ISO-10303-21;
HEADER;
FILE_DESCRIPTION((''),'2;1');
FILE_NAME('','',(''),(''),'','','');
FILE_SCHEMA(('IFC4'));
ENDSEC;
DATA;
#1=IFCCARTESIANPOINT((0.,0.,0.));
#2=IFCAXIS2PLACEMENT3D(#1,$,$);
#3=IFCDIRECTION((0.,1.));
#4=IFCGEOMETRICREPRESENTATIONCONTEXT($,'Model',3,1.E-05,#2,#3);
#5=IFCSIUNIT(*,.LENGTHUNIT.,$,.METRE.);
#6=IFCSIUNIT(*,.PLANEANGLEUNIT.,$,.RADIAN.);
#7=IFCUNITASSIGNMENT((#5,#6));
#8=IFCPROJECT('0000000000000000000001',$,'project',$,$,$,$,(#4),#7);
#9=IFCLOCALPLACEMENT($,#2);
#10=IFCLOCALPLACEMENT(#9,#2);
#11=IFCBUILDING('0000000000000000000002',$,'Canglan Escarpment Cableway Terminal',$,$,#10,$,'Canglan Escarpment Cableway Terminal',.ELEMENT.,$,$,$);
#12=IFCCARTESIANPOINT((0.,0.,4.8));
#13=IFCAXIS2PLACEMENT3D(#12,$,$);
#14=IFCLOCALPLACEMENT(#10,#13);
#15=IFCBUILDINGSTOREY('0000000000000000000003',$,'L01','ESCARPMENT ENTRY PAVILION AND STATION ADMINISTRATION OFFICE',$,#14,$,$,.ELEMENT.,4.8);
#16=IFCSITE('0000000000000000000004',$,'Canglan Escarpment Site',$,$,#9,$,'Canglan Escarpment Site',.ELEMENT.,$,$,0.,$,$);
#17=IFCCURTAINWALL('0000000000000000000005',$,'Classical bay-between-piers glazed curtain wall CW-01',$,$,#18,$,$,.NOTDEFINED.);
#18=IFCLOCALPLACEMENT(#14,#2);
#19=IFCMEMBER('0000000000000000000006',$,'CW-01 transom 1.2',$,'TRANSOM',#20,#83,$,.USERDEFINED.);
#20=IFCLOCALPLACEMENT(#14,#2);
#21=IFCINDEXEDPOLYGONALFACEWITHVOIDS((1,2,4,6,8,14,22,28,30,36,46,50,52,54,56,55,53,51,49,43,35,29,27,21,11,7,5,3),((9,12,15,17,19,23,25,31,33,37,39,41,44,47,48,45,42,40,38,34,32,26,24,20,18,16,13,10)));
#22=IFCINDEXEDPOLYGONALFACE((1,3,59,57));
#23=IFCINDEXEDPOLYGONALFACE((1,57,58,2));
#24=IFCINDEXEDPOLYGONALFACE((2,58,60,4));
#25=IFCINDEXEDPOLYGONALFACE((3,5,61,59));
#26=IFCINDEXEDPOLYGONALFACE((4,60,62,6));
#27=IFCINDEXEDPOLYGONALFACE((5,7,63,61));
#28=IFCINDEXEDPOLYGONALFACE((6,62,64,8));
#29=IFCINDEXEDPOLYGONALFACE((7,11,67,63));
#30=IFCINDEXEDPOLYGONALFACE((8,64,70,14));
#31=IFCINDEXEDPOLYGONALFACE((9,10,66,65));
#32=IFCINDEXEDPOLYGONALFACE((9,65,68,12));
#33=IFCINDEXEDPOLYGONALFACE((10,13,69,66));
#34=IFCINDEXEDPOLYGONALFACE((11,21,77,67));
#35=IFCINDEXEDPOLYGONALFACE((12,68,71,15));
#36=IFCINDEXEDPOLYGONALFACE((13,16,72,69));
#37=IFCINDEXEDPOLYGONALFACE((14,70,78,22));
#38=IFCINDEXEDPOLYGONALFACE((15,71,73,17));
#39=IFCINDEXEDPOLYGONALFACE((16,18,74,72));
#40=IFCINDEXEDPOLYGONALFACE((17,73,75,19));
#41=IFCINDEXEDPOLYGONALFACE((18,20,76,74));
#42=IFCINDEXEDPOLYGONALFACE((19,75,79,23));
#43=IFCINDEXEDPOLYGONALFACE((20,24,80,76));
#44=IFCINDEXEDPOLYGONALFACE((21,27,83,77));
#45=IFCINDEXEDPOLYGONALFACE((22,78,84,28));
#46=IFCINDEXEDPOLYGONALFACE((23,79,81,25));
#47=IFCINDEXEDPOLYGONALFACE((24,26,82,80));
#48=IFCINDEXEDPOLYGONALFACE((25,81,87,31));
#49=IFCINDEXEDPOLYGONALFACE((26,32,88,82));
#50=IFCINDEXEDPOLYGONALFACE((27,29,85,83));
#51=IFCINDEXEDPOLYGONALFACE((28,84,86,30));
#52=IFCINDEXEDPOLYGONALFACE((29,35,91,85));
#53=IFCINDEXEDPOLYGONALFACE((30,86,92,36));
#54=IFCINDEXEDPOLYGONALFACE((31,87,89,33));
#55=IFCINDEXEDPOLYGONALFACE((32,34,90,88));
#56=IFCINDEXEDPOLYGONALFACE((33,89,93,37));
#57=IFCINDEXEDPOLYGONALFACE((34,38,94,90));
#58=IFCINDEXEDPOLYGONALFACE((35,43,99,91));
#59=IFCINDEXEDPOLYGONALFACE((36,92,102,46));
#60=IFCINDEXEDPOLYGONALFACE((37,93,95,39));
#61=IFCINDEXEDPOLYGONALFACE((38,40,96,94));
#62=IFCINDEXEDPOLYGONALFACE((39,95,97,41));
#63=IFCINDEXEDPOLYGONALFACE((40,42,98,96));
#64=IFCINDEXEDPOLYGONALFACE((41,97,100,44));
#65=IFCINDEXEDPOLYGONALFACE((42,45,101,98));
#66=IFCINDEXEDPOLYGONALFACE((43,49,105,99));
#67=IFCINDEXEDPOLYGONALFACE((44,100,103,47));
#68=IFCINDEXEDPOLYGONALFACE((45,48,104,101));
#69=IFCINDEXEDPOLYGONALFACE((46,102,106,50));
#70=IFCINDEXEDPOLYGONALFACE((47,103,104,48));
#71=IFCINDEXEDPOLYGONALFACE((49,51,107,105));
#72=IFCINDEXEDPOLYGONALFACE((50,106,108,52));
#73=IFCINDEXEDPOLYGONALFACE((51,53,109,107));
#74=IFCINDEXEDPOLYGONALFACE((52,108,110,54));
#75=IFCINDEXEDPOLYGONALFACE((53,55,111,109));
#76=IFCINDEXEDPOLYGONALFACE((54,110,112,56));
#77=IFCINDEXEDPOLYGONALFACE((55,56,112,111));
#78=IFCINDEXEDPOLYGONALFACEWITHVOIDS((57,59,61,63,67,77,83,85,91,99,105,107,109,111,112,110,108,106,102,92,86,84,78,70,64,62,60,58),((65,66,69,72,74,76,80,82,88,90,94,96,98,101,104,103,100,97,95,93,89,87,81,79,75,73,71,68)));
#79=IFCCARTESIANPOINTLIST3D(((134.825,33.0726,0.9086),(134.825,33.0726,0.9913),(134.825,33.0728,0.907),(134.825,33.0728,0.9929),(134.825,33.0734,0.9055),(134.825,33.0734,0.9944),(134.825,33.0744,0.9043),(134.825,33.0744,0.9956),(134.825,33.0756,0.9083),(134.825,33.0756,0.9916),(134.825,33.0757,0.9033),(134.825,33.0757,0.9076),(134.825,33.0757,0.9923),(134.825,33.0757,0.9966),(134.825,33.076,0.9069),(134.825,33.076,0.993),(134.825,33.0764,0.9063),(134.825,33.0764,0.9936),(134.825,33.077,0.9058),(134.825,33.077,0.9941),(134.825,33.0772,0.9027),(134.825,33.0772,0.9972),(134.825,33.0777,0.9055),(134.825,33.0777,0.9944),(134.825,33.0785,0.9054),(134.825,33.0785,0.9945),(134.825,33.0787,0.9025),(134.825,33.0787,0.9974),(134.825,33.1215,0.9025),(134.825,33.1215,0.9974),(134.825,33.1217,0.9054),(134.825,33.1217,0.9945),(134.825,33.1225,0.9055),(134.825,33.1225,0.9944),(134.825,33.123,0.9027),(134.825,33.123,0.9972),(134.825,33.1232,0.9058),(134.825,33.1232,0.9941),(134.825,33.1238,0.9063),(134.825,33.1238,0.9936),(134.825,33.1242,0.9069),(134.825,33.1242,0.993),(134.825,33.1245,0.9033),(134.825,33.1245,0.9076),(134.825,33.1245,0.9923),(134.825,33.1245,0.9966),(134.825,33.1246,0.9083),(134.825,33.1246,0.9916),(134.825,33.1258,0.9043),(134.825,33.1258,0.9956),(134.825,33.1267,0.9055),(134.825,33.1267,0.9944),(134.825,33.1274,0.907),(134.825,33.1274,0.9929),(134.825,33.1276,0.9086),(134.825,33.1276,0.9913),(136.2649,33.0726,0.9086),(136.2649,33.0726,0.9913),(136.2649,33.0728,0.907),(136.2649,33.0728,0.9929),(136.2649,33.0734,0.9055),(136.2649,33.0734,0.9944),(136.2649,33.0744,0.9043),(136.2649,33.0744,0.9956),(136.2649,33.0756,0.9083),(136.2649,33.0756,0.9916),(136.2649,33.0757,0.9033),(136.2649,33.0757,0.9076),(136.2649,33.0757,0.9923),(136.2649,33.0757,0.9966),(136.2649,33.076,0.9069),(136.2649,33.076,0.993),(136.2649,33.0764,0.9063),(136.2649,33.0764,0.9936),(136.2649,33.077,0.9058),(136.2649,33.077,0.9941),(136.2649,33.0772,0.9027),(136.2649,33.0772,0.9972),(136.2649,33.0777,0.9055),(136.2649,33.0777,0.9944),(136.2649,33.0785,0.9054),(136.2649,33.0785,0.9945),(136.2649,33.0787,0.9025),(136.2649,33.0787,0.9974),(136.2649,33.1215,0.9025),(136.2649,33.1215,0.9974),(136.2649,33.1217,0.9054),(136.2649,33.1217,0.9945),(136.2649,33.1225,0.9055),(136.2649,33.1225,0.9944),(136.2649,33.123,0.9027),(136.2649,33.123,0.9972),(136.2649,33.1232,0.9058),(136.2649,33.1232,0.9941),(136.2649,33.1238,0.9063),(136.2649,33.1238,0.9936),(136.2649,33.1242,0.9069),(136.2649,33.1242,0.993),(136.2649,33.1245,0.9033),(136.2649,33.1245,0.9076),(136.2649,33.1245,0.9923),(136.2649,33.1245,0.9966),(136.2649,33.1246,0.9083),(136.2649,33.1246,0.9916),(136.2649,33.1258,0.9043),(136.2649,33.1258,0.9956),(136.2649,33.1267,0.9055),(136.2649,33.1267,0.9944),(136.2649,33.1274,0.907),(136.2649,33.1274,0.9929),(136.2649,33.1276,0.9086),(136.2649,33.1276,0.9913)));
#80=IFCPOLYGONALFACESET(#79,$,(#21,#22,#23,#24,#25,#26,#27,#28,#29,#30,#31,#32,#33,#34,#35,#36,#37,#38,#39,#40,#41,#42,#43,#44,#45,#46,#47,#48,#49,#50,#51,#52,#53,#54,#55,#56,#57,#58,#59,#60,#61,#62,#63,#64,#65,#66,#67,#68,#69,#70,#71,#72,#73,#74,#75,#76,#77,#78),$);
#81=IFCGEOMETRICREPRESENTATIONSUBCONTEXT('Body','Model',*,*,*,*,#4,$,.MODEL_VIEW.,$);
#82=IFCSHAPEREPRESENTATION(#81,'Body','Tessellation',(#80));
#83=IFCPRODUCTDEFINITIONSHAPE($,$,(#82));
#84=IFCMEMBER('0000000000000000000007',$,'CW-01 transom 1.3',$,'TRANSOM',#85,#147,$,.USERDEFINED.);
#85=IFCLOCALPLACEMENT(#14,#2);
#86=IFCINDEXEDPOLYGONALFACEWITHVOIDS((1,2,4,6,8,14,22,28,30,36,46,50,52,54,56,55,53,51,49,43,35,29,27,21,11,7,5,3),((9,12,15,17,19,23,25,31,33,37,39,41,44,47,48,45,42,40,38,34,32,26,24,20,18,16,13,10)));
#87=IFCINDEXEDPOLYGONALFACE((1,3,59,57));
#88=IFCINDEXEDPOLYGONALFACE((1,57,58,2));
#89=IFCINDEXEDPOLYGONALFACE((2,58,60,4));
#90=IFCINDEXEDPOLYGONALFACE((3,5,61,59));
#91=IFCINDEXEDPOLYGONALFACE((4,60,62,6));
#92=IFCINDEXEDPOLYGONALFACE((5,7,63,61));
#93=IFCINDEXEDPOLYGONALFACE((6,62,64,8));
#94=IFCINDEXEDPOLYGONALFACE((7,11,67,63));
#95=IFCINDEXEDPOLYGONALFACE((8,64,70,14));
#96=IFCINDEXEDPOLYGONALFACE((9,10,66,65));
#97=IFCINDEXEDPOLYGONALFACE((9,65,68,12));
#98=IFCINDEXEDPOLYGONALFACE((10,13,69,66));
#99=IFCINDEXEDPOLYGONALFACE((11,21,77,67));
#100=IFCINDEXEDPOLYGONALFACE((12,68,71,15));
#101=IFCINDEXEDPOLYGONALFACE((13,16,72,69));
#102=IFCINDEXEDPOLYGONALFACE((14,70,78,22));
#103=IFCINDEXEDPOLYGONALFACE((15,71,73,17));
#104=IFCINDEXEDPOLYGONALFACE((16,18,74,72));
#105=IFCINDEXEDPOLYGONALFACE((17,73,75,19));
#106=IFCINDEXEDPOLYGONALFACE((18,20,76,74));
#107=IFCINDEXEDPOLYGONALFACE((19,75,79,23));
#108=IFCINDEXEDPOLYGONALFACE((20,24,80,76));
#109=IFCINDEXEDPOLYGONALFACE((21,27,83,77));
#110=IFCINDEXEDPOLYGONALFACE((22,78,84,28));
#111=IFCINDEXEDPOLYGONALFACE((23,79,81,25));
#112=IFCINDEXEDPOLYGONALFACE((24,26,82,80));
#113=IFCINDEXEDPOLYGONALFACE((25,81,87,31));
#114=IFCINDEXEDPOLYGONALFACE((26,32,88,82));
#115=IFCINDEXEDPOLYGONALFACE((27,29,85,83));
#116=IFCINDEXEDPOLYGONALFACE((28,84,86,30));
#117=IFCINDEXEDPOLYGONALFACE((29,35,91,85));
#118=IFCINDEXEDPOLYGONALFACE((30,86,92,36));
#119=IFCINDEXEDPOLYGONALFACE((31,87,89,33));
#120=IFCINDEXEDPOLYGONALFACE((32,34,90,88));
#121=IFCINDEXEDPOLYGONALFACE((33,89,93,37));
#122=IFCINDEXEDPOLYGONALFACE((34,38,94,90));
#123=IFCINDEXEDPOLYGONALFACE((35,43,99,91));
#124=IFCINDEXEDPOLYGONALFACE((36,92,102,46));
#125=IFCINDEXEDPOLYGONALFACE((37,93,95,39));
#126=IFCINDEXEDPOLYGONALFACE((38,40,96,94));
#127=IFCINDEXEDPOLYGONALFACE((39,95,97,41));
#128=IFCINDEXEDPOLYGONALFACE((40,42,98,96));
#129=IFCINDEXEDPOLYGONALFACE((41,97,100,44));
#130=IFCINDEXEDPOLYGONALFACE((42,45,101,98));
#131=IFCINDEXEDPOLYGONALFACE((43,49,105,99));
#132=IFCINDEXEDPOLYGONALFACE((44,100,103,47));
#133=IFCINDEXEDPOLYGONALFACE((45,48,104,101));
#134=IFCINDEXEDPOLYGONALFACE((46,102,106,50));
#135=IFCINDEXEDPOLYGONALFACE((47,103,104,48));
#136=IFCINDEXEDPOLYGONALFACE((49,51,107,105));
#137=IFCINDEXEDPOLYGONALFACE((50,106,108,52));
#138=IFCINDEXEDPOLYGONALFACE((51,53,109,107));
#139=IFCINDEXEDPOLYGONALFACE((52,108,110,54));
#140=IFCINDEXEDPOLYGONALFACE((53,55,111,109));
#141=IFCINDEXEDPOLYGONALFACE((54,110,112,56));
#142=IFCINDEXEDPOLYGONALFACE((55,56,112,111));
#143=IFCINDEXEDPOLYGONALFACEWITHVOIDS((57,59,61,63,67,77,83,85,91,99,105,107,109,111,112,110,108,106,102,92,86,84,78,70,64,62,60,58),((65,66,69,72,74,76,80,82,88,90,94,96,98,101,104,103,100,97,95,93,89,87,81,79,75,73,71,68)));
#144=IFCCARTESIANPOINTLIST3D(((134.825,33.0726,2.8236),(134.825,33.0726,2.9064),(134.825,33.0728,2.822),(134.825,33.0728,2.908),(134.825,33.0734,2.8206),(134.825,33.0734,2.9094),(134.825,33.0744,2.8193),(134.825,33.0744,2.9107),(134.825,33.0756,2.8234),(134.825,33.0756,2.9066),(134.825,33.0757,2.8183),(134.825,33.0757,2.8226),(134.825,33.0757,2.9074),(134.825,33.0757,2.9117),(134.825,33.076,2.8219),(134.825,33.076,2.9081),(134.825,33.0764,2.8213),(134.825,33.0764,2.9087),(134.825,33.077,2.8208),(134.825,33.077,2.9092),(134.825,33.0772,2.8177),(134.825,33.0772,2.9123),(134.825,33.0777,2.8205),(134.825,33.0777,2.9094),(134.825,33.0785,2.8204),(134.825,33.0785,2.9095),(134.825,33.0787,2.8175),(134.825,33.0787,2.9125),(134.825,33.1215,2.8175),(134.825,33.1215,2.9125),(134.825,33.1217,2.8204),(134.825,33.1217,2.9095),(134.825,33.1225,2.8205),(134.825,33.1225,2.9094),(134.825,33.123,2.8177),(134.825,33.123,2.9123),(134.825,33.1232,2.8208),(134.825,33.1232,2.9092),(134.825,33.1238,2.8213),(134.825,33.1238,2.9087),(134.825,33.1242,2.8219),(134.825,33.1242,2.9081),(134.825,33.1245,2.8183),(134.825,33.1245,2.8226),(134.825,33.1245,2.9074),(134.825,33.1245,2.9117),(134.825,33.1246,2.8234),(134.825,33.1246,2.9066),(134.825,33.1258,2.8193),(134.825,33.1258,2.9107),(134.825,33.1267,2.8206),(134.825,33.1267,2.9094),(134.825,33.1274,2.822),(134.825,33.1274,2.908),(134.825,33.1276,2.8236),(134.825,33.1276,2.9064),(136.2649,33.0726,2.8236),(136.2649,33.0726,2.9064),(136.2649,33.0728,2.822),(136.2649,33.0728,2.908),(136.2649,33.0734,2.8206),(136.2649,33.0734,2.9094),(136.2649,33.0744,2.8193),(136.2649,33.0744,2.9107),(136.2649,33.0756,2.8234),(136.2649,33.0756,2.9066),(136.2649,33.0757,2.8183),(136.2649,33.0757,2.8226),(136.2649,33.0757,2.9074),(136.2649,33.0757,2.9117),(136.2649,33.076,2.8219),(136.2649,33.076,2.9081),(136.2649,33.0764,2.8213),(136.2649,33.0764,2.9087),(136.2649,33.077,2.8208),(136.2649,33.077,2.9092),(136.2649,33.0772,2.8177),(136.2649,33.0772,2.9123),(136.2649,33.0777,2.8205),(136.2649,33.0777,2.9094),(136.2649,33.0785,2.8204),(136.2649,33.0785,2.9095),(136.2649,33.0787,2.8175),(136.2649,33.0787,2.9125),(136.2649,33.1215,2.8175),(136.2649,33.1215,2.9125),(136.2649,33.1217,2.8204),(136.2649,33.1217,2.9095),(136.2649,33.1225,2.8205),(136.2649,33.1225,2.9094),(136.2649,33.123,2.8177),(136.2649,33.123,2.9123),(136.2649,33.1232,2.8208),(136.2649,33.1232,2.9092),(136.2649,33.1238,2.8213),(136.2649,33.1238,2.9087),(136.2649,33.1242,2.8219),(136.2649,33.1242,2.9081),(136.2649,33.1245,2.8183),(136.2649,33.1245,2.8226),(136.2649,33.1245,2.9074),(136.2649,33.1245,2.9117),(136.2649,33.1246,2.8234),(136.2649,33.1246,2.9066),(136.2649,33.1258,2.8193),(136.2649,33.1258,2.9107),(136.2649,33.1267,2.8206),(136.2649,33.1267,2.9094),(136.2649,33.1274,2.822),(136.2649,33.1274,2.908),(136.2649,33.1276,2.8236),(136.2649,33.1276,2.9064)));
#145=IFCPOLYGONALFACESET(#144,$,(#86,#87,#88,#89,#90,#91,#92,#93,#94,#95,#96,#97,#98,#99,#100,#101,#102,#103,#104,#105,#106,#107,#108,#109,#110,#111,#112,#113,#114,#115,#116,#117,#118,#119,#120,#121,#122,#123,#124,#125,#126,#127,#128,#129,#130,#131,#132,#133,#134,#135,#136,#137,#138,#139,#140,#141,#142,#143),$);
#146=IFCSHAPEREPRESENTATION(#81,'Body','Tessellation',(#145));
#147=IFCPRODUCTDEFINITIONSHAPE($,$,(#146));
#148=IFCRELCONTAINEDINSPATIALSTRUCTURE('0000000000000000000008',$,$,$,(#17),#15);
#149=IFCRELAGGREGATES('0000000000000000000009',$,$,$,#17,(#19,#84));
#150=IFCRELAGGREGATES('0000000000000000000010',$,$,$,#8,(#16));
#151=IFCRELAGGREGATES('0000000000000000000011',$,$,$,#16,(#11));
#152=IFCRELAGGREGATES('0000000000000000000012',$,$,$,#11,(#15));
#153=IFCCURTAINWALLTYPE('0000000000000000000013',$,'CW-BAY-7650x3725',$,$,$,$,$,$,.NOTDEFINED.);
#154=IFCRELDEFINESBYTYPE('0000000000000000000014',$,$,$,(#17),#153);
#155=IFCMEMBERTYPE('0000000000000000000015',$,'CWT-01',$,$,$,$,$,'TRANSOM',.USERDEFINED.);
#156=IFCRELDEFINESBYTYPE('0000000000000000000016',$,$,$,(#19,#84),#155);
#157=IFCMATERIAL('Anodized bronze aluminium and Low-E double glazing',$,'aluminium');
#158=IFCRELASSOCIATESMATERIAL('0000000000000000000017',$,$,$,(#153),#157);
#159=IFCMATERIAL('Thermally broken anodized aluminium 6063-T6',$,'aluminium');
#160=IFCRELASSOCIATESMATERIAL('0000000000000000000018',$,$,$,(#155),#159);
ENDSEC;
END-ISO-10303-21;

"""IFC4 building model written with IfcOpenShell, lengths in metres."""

from ifc_helpers import new_model, si_unit, direction, frame, origin, origin_2d, place, context, subcontext, project, spatial, hollow_rectangle, extrude, material, material_profile, profile_set, type_object, element, aggregate, save


model = new_model("IFC4")

# Units and contexts
model_context = context("Model", 3, precision=1e-05, world=origin(), true_north=direction((0.0, 1.0)))
body_context = subcontext(model_context, "Body", "Model", "MODEL_VIEW")
ifc_project = project(units=[si_unit("LENGTHUNIT", "METRE"), si_unit("PLANEANGLEUNIT", "RADIAN")], contexts=[model_context])

# Site, building, storey
site_placement = place(None, origin())
site = spatial("IfcSite", under=ifc_project, at=site_placement, Name="Canglan Escarpment Site", LongName="Canglan Escarpment Site", CompositionType="ELEMENT", RefElevation=0.0)
building_placement = place(site_placement, origin())
building = spatial("IfcBuilding", under=site, at=building_placement, Name="Canglan Escarpment Cableway Terminal", LongName="Canglan Escarpment Cableway Terminal", CompositionType="ELEMENT")
storey_placement = place(building_placement, frame((0.0, 0.0, 4.8)))
storey = spatial("IfcBuildingStorey", under=building, at=storey_placement, Name="L01", Description="ESCARPMENT ENTRY PAVILION AND STATION ADMINISTRATION OFFICE", CompositionType="ELEMENT", Elevation=4.8)

# Curtain wall, members
ifc_material_1 = material(Name="Anodized bronze aluminium and Low-E double glazing", Category="aluminium")
curtain_wall_type = type_object("IfcCurtainWallType", Name="CW-BAY-7650x3725", PredefinedType="NOTDEFINED", material=ifc_material_1)
curtain_wall_placement = place(storey_placement, origin())
curtain_wall = element("IfcCurtainWall", 1, at=curtain_wall_placement, inside=storey, type_object=curtain_wall_type, Name="Classical bay-between-piers glazed curtain wall CW-01", PredefinedType="NOTDEFINED")
ifc_material_2 = material(Name="Thermally broken anodized aluminium 6063-T6", Category="aluminium")
ifc_material_profile_1 = material_profile(ifc_material_2, hollow_rectangle(XDim=0.0549, YDim=0.095, WallThickness=0.0029, InnerFilletRadius=0.0029, OuterFilletRadius=0.0061, at=origin_2d()), Name="ALU-TRAN 55x95x3")
ifc_profile_set_1 = profile_set([ifc_material_profile_1], Name="Thermally broken anodized aluminium 6063-T6")
member_type_1 = type_object("IfcMemberType", Name="CWT-01", ElementType="TRANSOM", PredefinedType="USERDEFINED", material=ifc_profile_set_1)
member_1_placement = place(storey_placement, frame((136.2649, 33.1001, 0.95), z_axis=(-1.0, 0.0, 0.0), x_axis=(0.0, -1.0, 0.0)))
member_1 = element("IfcMember", 2, at=member_1_placement, type_object=member_type_1, Name="CW-01 transom 1.2", ObjectType="TRANSOM", PredefinedType="USERDEFINED", context=body_context, shape_type="SweptSolid", body=[
    extrude(hollow_rectangle(XDim=0.0549, YDim=0.095, WallThickness=0.0029, InnerFilletRadius=0.0029, OuterFilletRadius=0.0061, at=origin_2d()), origin(), (0.0, 0.0, 1.0), 1.4399),
])
member_2_placement = place(storey_placement, frame((136.2649, 33.1001, 2.865), z_axis=(-1.0, 0.0, 0.0), x_axis=(0.0, -1.0, 0.0)))
member_2 = element("IfcMember", 3, at=member_2_placement, type_object=member_type_1, Name="CW-01 transom 1.3", ObjectType="TRANSOM", PredefinedType="USERDEFINED", context=body_context, shape_type="SweptSolid", body=[
    extrude(hollow_rectangle(XDim=0.0549, YDim=0.095, WallThickness=0.0029, InnerFilletRadius=0.0029, OuterFilletRadius=0.0061, at=origin_2d()), origin(), (0.0, 0.0, 1.0), 1.4399),
])
aggregate(curtain_wall, [member_1, member_2])

save(model, "model.ifc")
